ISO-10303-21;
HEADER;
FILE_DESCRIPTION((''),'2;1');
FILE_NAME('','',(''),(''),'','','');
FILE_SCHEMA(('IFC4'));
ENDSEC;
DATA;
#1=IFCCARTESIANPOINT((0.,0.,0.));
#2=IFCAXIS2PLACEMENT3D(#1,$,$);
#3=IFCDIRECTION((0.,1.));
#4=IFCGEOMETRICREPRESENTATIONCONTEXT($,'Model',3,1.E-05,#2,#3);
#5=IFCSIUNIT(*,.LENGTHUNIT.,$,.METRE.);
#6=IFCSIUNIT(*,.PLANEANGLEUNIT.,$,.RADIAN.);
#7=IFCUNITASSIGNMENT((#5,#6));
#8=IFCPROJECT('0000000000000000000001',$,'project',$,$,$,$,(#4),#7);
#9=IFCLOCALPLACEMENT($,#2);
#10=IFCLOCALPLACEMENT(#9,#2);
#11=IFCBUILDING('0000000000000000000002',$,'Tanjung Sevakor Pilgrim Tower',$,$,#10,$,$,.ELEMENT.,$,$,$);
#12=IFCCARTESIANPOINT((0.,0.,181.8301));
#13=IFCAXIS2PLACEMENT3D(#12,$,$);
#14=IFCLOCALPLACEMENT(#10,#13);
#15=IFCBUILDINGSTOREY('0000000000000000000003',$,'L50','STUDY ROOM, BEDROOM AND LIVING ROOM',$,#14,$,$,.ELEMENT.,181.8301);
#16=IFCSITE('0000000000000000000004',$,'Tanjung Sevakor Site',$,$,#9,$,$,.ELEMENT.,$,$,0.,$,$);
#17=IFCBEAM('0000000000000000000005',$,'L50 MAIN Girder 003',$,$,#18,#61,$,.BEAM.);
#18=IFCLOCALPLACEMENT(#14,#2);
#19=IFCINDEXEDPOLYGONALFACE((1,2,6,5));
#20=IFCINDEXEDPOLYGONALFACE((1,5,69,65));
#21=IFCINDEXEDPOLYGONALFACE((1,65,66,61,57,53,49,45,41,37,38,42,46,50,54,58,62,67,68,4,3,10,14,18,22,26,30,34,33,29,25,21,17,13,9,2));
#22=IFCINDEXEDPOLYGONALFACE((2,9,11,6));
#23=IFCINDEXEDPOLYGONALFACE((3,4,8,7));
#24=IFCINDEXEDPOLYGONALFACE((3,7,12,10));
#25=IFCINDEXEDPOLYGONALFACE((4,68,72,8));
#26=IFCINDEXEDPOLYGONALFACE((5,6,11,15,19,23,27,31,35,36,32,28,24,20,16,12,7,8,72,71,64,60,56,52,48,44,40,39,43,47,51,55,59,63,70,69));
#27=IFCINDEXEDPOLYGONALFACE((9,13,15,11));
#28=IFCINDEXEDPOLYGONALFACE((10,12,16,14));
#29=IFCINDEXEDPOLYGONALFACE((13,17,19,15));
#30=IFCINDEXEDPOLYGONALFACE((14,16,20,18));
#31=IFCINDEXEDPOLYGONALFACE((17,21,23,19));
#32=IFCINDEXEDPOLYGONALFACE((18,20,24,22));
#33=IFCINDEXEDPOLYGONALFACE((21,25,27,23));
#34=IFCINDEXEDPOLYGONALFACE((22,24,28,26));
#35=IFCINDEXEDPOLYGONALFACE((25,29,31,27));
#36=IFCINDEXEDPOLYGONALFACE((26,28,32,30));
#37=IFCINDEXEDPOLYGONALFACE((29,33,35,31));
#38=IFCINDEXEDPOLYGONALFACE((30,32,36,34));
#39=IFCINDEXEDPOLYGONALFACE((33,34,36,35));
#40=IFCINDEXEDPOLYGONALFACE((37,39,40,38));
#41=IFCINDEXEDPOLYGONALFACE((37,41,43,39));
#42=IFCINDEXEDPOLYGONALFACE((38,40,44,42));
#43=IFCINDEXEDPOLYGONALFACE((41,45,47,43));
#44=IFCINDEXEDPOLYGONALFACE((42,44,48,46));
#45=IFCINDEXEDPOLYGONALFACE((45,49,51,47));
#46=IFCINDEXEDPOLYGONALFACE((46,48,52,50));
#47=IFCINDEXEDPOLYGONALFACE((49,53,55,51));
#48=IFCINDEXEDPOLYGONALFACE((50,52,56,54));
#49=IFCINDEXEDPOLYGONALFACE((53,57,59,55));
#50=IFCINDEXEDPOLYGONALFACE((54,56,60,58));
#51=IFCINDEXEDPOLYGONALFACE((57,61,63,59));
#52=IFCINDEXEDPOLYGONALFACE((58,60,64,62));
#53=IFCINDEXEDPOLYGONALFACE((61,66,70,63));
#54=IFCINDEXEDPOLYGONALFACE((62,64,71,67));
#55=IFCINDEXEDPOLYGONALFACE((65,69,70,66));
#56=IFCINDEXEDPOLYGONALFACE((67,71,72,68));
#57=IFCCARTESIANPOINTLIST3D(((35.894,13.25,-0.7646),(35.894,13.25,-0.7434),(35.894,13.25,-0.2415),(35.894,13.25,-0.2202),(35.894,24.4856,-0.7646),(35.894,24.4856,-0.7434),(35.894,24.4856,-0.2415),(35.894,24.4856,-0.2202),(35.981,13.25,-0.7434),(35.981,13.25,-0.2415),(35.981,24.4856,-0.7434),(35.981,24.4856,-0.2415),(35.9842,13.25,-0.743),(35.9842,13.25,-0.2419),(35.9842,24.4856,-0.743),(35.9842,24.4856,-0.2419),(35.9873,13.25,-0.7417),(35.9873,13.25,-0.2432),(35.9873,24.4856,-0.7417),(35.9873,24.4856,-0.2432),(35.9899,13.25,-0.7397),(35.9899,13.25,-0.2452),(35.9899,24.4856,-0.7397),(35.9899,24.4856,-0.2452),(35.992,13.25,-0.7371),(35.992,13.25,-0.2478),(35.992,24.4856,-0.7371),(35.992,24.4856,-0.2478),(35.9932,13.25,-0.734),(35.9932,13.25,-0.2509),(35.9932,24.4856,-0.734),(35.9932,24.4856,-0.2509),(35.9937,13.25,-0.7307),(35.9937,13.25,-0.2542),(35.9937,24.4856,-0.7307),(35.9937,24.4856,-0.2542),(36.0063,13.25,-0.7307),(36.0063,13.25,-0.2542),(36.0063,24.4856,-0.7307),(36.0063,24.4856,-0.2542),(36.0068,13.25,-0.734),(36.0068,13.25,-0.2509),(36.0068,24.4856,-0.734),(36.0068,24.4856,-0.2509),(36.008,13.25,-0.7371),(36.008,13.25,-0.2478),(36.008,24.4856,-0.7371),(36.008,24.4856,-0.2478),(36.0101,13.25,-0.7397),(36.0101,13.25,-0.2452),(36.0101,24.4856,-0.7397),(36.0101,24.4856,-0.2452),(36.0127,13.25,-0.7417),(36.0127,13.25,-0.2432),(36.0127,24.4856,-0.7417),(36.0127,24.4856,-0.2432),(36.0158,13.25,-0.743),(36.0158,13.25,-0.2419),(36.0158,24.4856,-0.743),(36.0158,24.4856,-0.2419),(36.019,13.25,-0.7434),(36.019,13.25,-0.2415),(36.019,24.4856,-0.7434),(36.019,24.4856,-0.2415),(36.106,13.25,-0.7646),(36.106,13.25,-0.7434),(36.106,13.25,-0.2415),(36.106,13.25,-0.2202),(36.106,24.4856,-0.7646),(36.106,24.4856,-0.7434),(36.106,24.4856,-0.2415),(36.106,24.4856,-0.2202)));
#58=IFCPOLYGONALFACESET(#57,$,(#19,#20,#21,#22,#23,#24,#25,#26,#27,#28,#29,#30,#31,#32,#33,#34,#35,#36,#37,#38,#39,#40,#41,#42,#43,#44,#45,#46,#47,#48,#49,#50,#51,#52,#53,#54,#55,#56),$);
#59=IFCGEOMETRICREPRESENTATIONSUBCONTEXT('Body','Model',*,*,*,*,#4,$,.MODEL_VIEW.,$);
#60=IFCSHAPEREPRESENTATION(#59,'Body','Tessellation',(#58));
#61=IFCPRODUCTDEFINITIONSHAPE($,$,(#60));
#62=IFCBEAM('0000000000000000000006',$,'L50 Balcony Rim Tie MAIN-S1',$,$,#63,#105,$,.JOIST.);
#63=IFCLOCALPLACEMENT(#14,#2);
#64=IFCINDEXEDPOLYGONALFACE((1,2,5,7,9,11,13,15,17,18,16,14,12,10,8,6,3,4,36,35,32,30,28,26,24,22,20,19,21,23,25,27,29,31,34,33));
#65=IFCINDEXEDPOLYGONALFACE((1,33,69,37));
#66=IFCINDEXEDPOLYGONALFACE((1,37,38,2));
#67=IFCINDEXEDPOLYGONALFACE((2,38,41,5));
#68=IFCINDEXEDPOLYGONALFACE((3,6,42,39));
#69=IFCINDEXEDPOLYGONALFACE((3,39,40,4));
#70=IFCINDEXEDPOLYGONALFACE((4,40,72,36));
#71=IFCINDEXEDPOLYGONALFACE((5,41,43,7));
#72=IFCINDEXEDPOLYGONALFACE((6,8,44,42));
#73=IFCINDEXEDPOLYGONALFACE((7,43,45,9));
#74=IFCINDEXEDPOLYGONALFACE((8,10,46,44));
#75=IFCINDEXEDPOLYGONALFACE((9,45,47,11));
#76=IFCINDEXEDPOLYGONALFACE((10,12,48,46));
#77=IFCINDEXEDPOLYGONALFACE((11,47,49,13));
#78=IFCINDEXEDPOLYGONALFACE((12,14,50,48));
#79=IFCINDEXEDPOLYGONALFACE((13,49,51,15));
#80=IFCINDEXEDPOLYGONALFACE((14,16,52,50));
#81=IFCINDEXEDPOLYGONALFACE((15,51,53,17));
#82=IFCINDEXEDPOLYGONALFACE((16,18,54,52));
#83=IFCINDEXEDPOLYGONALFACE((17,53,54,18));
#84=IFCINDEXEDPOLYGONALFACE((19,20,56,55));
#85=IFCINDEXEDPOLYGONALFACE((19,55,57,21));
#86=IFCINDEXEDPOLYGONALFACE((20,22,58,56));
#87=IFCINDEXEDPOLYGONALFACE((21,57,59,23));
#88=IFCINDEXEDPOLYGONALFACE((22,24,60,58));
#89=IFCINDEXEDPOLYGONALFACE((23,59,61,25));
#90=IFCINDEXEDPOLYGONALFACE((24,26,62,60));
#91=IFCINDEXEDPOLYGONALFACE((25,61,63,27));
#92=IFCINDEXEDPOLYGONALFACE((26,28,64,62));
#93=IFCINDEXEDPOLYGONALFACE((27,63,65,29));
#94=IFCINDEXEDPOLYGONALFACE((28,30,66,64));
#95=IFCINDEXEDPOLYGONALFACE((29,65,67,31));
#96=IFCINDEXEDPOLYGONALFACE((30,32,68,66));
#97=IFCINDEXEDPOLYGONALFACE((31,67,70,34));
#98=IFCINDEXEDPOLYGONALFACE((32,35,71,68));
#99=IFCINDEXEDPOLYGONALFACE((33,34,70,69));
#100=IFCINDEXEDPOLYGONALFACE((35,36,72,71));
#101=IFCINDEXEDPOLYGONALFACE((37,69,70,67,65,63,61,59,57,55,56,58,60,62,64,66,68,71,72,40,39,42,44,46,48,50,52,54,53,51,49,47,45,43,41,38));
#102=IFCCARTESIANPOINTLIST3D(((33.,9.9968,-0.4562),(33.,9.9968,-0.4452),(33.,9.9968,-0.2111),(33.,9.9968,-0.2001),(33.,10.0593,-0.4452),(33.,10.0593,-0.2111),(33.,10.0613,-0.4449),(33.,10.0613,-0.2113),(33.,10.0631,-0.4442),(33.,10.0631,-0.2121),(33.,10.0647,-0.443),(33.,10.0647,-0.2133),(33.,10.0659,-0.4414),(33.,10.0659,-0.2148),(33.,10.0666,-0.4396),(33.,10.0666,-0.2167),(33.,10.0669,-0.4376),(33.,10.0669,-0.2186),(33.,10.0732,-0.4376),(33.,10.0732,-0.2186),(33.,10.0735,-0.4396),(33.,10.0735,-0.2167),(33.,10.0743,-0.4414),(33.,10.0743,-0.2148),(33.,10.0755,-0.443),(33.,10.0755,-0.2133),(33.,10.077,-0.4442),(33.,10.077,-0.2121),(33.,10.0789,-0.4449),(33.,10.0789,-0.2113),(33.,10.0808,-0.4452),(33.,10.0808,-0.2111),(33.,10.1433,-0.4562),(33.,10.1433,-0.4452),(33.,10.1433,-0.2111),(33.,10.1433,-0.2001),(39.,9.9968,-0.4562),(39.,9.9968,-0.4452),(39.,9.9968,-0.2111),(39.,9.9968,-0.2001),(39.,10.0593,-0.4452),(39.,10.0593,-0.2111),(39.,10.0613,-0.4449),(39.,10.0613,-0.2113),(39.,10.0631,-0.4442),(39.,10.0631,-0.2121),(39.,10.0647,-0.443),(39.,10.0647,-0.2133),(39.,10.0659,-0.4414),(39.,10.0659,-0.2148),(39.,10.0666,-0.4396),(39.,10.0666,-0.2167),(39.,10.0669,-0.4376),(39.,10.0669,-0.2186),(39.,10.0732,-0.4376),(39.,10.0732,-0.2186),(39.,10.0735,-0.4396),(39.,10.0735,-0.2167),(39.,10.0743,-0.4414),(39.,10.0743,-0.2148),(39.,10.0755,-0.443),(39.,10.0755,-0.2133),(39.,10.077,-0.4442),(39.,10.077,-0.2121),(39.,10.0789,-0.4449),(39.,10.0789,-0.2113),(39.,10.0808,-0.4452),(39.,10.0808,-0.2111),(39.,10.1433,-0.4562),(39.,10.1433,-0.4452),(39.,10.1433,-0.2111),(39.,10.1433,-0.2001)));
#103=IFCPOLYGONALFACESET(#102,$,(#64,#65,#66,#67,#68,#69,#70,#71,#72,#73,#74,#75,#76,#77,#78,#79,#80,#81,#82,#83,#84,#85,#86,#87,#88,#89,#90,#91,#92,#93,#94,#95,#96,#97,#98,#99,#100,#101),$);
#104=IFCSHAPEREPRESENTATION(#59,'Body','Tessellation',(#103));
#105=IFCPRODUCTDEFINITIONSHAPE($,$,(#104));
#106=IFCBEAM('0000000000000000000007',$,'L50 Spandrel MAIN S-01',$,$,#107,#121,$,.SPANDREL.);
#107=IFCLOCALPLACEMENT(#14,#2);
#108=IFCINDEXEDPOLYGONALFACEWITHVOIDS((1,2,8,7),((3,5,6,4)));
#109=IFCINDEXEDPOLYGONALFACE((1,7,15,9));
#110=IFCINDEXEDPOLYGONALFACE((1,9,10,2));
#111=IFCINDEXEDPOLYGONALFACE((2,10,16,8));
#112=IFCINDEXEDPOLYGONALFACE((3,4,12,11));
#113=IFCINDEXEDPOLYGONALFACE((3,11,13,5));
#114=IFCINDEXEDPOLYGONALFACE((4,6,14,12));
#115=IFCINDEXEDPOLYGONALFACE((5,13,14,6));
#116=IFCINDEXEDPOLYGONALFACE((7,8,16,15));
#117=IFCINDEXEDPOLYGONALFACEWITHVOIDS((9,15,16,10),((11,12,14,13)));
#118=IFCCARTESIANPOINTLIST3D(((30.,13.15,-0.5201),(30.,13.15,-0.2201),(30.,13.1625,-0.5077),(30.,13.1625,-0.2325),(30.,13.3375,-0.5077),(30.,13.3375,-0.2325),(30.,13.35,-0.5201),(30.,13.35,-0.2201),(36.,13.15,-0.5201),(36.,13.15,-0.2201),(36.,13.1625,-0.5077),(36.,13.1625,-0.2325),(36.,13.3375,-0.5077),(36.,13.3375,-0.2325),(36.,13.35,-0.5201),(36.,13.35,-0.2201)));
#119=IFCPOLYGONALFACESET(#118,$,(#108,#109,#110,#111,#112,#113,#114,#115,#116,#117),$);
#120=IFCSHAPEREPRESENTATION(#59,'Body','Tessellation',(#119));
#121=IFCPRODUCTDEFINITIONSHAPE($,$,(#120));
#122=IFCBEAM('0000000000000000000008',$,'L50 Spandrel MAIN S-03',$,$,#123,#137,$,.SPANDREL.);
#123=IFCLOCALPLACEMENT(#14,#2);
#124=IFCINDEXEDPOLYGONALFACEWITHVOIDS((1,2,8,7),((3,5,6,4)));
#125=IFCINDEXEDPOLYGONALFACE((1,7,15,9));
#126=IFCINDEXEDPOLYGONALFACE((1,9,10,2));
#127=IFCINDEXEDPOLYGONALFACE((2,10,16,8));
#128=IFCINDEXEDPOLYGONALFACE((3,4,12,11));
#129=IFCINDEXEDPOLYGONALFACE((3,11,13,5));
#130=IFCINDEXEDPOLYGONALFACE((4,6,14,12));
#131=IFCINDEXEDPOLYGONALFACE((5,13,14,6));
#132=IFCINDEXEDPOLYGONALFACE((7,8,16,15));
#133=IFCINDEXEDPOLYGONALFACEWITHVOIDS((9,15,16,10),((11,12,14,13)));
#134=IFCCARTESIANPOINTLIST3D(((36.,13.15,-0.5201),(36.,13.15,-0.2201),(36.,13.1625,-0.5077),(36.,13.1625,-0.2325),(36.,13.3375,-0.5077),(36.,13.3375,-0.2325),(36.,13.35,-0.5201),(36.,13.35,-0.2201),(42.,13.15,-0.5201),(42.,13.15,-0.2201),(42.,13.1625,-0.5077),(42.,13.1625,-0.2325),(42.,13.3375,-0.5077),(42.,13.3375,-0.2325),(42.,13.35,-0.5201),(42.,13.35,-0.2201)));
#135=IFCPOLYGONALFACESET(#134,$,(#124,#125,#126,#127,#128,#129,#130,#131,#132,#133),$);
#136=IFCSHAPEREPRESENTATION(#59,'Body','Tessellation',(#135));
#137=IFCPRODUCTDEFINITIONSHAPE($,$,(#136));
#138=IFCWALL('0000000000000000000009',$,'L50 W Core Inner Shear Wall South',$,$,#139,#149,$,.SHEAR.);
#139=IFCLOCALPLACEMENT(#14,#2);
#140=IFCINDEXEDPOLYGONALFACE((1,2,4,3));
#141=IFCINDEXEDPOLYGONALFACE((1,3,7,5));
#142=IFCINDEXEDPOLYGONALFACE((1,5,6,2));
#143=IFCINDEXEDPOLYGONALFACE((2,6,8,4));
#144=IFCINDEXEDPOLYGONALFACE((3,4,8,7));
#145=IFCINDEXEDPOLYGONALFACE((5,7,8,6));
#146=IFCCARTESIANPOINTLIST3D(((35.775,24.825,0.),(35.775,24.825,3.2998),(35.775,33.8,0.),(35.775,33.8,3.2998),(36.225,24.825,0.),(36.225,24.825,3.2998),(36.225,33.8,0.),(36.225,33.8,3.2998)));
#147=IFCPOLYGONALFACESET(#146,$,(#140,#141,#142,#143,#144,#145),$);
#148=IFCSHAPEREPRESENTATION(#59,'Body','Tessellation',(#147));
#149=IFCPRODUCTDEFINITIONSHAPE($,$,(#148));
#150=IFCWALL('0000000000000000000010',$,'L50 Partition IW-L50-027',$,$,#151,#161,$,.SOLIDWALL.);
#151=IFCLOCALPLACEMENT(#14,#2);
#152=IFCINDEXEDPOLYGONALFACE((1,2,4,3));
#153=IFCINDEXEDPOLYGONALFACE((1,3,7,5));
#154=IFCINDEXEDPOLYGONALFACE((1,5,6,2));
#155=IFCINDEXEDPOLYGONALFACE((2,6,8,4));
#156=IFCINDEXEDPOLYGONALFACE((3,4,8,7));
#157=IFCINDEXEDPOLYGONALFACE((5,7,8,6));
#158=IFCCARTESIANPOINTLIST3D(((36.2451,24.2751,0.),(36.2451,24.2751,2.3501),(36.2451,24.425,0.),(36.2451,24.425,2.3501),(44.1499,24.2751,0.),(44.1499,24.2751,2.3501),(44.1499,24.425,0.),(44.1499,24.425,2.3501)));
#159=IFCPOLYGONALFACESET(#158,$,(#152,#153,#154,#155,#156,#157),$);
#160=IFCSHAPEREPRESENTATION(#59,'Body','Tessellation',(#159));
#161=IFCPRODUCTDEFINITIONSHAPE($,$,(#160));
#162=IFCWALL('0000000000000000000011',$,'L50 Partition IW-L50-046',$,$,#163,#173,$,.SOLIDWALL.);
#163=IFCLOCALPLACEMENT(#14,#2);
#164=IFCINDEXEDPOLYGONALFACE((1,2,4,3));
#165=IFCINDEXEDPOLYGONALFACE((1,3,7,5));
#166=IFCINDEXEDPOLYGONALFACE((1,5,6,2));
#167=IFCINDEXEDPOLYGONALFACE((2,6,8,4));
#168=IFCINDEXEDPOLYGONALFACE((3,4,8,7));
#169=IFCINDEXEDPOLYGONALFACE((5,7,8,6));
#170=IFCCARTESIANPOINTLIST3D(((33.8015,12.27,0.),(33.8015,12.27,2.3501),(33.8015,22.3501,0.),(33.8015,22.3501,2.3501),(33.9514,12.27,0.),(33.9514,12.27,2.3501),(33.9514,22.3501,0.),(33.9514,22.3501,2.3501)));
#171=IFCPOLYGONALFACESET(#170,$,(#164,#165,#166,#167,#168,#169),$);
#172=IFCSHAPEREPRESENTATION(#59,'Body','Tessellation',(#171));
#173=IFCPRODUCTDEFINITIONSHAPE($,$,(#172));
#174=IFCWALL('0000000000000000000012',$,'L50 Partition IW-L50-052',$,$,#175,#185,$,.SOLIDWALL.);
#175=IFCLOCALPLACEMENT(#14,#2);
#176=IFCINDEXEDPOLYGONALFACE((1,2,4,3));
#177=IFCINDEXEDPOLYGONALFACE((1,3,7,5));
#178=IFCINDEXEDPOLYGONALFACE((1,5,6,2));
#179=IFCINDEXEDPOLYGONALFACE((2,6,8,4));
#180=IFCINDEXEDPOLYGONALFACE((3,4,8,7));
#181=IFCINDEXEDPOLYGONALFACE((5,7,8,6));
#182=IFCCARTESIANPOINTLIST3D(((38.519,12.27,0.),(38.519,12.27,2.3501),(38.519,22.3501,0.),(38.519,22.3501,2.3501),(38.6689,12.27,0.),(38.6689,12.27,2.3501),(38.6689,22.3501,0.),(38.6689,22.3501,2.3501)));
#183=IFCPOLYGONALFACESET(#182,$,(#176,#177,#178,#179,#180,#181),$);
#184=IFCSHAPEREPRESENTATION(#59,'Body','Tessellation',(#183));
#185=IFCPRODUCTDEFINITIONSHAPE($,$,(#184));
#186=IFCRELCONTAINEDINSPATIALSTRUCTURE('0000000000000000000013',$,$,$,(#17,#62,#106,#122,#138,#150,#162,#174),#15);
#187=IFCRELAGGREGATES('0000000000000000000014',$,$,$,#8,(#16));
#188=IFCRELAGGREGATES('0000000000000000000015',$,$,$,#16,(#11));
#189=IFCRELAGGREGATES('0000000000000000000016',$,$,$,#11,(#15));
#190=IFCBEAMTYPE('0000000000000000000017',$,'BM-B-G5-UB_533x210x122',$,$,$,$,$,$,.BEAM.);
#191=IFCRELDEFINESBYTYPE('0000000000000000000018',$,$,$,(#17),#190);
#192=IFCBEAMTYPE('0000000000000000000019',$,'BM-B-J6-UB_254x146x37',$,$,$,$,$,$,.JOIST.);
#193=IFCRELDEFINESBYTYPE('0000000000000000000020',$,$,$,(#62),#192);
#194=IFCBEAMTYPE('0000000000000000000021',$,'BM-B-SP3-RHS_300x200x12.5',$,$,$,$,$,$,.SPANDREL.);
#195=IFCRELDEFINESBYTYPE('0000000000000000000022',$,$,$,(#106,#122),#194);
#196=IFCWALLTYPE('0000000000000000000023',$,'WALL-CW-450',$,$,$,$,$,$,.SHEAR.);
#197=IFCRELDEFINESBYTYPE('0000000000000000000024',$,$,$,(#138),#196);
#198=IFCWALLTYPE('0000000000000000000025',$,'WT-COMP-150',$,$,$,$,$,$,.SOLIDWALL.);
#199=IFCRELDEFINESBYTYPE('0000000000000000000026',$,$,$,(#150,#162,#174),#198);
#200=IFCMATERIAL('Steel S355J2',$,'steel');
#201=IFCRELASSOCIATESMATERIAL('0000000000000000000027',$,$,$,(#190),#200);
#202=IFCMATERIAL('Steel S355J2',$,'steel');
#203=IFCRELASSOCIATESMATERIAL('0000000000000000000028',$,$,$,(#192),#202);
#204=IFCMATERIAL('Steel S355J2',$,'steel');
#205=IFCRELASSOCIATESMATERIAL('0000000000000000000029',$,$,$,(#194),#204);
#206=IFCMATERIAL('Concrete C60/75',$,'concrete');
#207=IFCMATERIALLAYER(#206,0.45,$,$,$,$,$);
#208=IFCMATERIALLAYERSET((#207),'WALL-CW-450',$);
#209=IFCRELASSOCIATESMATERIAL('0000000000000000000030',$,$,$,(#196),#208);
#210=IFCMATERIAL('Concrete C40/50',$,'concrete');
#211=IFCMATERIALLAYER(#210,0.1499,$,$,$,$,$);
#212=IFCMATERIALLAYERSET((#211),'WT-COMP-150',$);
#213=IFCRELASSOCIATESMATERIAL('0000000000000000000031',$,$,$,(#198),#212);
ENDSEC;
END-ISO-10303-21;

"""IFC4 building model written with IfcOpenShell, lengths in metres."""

from ifc_helpers import new_model, si_unit, direction, frame, frame_2d, origin, origin_2d, place, context, subcontext, project, spatial, rectangle, hollow_rectangle, i_section, extrude, material, layer, layer_set, material_profile, profile_set, type_object, element, save


model = new_model("IFC4")

# Units and contexts
model_context = context("Model", 3, precision=1e-05, world=origin(), true_north=direction((0.0, 1.0)))
body_context = subcontext(model_context, "Body", "Model", "MODEL_VIEW")
ifc_project = project(units=[si_unit("LENGTHUNIT", "METRE"), si_unit("PLANEANGLEUNIT", "RADIAN")], contexts=[model_context])

# Site, building, storey
site_placement = place(None, origin())
site = spatial("IfcSite", under=ifc_project, at=site_placement, Name="Tanjung Sevakor Site", CompositionType="ELEMENT", RefElevation=0.0)
building_placement = place(site_placement, origin())
building = spatial("IfcBuilding", under=site, at=building_placement, Name="Tanjung Sevakor Pilgrim Tower", CompositionType="ELEMENT")
storey_placement = place(building_placement, frame((0.0, 0.0, 181.8301)))
storey = spatial("IfcBuildingStorey", under=building, at=storey_placement, Name="L50", Description="STUDY ROOM, BEDROOM AND LIVING ROOM", CompositionType="ELEMENT", Elevation=181.8301)

# Beams
ifc_material_1 = material(Name="Steel S355J2", Category="steel")
ifc_material_profile_1 = material_profile(ifc_material_1, i_section(OverallWidth=0.2119, OverallDepth=0.5444, WebThickness=0.0127, FlangeThickness=0.0212, FilletRadius=0.0127, at=origin_2d()))
ifc_profile_set_1 = profile_set([ifc_material_profile_1], Name="Steel S355J2")
beam_type_1 = type_object("IfcBeamType", Name="BM-B-G5-UB_533x210x122", PredefinedType="BEAM", material=ifc_profile_set_1)
for number, where, z_axis, x_axis, name in (
    (1, (36.0, 13.25, -0.4924), (0.0, 1.0, 0.0), (-1.0, 0.0, 0.0), "L50 MAIN Girder 003"),
):
    element("IfcBeam", number, at=place(storey_placement, frame(where, z_axis=z_axis, x_axis=x_axis)), inside=storey, type_object=beam_type_1, Name=name, PredefinedType="BEAM", context=body_context, shape_type="SweptSolid", body=[
        extrude(i_section(OverallWidth=0.2119, OverallDepth=0.5444, WebThickness=0.0127, FlangeThickness=0.0212, FilletRadius=0.0127, at=origin_2d()), origin(), (0.0, 0.0, 1.0), 11.2356),
    ])
ifc_material_2 = material(Name="Steel S355J2", Category="steel")
ifc_material_profile_2 = material_profile(ifc_material_2, i_section(OverallWidth=0.1465, OverallDepth=0.2561, WebThickness=0.0063, FlangeThickness=0.011, FilletRadius=0.0076, at=origin_2d()))
ifc_profile_set_2 = profile_set([ifc_material_profile_2], Name="Steel S355J2")
beam_type_2 = type_object("IfcBeamType", Name="BM-B-J6-UB_254x146x37", PredefinedType="JOIST", material=ifc_profile_set_2)
beam_1_placement = place(storey_placement, frame((33.0, 10.0701, -0.3281), z_axis=(1.0, 0.0, 0.0), x_axis=(0.0, 1.0, 0.0)))
element("IfcBeam", 2, at=beam_1_placement, inside=storey, type_object=beam_type_2, Name="L50 Balcony Rim Tie MAIN-S1", PredefinedType="JOIST", context=body_context, shape_type="SweptSolid", body=[
    extrude(i_section(OverallWidth=0.1465, OverallDepth=0.2561, WebThickness=0.0063, FlangeThickness=0.011, FilletRadius=0.0076, at=origin_2d()), origin(), (0.0, 0.0, 1.0), 6.0),
])
ifc_material_3 = material(Name="Steel S355J2", Category="steel")
ifc_material_profile_3 = material_profile(ifc_material_3, hollow_rectangle(XDim=0.2, YDim=0.3, WallThickness=0.0125, at=origin_2d()))
ifc_profile_set_3 = profile_set([ifc_material_profile_3], Name="Steel S355J2")
beam_type_3 = type_object("IfcBeamType", Name="BM-B-SP3-RHS_300x200x12.5", PredefinedType="SPANDREL", material=ifc_profile_set_3)
for number, where, z_axis, x_axis, name in (
    (3, (30.0, 13.25, -0.3701), (1.0, 0.0, 0.0), (0.0, 1.0, 0.0), "L50 Spandrel MAIN S-01"),
    (4, (36.0, 13.25, -0.3701), (1.0, 0.0, 0.0), (0.0, 1.0, 0.0), "L50 Spandrel MAIN S-03"),
):
    element("IfcBeam", number, at=place(storey_placement, frame(where, z_axis=z_axis, x_axis=x_axis)), inside=storey, type_object=beam_type_3, Name=name, PredefinedType="SPANDREL", context=body_context, shape_type="SweptSolid", body=[
        extrude(hollow_rectangle(XDim=0.2, YDim=0.3, WallThickness=0.0125, at=origin_2d()), origin(), (0.0, 0.0, 1.0), 6.0),
    ])

# Wall
ifc_material_4 = material(Name="Concrete C60/75", Category="concrete")
ifc_layer_1 = layer(ifc_material_4, 0.45)
ifc_layer_set_1 = layer_set([ifc_layer_1], Name="WALL-CW-450")
wall_type_1 = type_object("IfcWallType", Name="WALL-CW-450", PredefinedType="SHEAR", material=ifc_layer_set_1)
wall_1_placement = place(storey_placement, frame((36.0, 24.825, 0.0), z_axis=(0.0, 0.0, 1.0), x_axis=(0.0, 1.0, 0.0)))
element("IfcWall", 5, at=wall_1_placement, inside=storey, type_object=wall_type_1, Name="L50 W Core Inner Shear Wall South", PredefinedType="SHEAR", context=body_context, shape_type="SweptSolid", body=[
    extrude(rectangle(XDim=8.9751, YDim=0.45, at=frame_2d((4.4875, 0.0))), origin(), (0.0, 0.0, 1.0), 3.2998),
])

# Shared definitions
ifc_material_5 = material(Name="Concrete C40/50", Category="concrete")
ifc_layer_2 = layer(ifc_material_5, 0.1499)
ifc_layer_set_2 = layer_set([ifc_layer_2], Name="WT-COMP-150")
wall_type_2 = type_object("IfcWallType", Name="WT-COMP-150", PredefinedType="SOLIDWALL", material=ifc_layer_set_2)

# Walls
wall_2_placement = place(storey_placement, frame((36.2451, 24.3501, 0.0), z_axis=(0.0, 0.0, 1.0), x_axis=(1.0, 0.0, 0.0)))
element("IfcWall", 6, at=wall_2_placement, inside=storey, type_object=wall_type_2, Name="L50 Partition IW-L50-027", PredefinedType="SOLIDWALL", context=body_context, shape_type="SweptSolid", body=[
    extrude(rectangle(XDim=7.9048, YDim=0.1499, at=frame_2d((3.9524, 0.0))), origin(), (0.0, 0.0, 1.0), 2.3501),
])
for number, where, z_axis, x_axis, name in (
    (7, (33.8765, 12.27, 0.0), (0.0, 0.0, 1.0), (0.0, 1.0, 0.0), "L50 Partition IW-L50-046"),
    (8, (38.594, 12.27, 0.0), (0.0, 0.0, 1.0), (0.0, 1.0, 0.0), "L50 Partition IW-L50-052"),
):
    element("IfcWall", number, at=place(storey_placement, frame(where, z_axis=z_axis, x_axis=x_axis)), inside=storey, type_object=wall_type_2, Name=name, PredefinedType="SOLIDWALL", context=body_context, shape_type="SweptSolid", body=[
        extrude(rectangle(XDim=10.0801, YDim=0.1499, at=frame_2d((5.04, 0.0))), origin(), (0.0, 0.0, 1.0), 2.3501),
    ])

save(model, "model.ifc")
